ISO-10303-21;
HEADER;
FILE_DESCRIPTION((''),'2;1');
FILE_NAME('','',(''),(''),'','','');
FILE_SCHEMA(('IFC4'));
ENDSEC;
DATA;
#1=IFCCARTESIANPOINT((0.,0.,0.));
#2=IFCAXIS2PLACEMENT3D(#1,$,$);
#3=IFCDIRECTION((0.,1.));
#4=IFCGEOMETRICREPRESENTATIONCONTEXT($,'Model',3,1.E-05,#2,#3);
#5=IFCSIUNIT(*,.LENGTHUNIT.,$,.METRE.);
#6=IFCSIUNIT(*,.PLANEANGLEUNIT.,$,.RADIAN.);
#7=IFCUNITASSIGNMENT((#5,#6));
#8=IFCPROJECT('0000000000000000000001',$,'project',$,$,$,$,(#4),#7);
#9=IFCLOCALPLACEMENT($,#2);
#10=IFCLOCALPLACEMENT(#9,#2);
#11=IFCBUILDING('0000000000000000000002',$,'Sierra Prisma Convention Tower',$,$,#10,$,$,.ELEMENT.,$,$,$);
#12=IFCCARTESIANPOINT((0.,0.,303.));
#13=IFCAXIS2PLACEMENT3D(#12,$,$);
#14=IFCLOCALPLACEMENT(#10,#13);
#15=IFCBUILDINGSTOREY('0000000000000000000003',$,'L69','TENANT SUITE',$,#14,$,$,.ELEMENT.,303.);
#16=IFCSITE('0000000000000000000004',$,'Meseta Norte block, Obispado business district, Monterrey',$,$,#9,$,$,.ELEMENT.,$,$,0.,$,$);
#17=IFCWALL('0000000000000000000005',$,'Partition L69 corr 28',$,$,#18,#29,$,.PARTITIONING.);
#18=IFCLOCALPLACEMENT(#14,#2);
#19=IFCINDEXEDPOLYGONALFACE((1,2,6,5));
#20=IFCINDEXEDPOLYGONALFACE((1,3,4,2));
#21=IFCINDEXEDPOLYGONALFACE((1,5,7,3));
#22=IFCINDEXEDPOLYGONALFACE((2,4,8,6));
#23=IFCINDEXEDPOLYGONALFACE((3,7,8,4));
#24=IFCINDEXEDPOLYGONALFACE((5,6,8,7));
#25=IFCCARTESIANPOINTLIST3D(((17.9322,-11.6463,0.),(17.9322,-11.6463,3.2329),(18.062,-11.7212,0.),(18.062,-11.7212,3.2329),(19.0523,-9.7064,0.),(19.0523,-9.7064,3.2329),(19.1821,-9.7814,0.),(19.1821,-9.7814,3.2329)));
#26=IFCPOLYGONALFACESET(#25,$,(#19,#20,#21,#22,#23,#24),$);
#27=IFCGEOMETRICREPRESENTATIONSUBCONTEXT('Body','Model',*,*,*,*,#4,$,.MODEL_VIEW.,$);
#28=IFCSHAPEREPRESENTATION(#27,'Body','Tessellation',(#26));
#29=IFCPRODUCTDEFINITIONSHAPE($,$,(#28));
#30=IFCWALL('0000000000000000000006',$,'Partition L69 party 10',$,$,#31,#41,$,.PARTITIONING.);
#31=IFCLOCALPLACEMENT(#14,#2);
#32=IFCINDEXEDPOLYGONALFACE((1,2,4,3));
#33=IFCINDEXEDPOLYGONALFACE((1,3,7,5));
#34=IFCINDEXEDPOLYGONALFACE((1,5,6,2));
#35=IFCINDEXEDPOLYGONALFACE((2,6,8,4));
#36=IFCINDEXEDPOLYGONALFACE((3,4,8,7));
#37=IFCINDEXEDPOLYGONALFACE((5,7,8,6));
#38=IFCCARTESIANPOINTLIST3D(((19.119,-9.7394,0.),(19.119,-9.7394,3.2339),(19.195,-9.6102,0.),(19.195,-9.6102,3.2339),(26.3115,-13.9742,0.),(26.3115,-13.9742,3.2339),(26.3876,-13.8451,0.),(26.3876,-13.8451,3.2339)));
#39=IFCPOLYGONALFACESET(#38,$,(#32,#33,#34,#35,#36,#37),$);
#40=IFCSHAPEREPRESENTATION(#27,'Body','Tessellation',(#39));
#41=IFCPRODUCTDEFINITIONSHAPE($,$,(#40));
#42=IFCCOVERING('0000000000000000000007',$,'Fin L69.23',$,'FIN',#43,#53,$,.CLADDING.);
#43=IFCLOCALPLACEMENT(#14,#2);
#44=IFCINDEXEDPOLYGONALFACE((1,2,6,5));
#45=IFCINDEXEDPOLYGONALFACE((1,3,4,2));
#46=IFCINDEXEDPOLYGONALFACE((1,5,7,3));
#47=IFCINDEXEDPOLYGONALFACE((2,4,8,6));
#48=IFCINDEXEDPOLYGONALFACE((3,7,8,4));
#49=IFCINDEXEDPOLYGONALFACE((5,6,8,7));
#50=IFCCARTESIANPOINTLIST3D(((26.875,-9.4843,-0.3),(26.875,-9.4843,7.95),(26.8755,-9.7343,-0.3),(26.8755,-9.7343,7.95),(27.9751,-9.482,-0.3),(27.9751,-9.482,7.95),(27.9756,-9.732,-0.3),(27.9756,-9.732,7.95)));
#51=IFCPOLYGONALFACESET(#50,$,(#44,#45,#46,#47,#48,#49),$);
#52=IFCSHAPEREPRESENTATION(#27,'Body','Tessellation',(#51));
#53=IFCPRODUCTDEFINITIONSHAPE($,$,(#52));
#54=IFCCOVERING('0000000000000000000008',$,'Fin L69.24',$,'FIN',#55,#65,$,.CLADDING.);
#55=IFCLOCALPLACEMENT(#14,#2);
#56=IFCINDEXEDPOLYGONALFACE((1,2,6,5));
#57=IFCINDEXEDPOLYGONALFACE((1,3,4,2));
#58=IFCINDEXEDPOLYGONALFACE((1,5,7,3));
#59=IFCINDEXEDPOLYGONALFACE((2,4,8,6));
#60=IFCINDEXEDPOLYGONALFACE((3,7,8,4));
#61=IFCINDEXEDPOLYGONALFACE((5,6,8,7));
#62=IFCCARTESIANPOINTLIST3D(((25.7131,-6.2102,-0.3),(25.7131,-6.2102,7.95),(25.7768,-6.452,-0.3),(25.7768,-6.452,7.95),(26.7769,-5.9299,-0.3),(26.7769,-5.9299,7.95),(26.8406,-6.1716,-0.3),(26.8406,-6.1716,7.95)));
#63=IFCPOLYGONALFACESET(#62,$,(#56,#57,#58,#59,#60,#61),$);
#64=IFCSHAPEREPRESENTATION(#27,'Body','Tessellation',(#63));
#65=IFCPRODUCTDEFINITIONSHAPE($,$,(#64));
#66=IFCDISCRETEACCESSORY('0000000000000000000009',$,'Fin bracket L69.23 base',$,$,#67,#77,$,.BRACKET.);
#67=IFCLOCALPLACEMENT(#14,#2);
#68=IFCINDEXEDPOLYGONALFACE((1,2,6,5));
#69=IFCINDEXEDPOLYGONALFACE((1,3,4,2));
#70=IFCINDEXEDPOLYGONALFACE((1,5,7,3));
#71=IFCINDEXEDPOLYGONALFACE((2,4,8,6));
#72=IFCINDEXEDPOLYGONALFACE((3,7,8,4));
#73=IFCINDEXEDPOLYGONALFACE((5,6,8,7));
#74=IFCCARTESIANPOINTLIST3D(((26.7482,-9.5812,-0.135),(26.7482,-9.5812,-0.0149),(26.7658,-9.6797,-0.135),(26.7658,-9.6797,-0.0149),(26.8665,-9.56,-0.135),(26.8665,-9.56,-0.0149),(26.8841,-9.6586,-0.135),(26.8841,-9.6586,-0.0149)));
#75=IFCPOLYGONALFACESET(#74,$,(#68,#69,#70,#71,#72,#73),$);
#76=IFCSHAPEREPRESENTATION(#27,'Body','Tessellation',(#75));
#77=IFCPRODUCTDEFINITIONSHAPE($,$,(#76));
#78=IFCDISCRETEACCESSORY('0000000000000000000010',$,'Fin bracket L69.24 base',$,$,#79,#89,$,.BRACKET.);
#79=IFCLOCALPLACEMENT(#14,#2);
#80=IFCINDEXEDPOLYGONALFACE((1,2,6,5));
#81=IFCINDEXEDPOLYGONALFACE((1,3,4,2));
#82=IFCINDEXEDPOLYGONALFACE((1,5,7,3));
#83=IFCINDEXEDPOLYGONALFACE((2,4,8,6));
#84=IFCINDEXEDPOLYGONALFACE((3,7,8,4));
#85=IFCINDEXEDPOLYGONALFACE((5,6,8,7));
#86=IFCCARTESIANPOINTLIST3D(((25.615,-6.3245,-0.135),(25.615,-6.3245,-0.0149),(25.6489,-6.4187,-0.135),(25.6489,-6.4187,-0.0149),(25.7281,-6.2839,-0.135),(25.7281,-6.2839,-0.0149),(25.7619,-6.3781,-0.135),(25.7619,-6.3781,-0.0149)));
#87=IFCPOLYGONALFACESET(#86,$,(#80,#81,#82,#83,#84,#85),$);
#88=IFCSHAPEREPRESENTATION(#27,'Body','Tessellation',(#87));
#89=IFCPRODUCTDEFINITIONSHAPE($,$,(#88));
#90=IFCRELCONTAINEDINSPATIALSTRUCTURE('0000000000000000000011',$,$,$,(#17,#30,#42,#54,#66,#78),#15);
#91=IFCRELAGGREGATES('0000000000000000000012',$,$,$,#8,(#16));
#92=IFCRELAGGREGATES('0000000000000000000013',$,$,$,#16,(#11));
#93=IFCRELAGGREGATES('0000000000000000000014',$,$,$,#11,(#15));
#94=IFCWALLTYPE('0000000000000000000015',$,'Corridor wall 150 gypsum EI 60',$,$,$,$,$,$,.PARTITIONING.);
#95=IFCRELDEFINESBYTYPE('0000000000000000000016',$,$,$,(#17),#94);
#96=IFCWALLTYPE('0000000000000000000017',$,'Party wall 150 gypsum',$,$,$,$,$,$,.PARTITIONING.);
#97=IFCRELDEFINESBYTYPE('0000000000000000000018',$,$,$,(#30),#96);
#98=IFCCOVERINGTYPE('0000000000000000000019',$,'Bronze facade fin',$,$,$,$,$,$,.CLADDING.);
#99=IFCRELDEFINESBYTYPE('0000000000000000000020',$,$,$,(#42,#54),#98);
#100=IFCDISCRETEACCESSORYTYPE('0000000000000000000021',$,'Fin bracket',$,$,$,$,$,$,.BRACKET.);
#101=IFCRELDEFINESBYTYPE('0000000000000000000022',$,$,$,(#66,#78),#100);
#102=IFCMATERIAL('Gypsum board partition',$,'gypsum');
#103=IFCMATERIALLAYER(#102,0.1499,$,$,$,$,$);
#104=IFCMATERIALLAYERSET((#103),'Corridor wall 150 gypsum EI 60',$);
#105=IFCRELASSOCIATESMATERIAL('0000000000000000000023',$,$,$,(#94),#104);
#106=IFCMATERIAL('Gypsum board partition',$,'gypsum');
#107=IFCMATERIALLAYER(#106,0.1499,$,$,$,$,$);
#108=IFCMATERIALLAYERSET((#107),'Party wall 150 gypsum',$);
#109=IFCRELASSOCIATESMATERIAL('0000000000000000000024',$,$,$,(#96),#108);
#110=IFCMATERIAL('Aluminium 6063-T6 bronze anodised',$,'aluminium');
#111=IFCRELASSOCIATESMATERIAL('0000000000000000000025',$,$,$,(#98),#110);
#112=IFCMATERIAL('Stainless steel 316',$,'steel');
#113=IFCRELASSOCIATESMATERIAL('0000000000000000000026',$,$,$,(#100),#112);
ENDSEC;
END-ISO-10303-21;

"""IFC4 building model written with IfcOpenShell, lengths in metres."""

from ifc_helpers import new_model, si_unit, direction, frame, frame_2d, origin, origin_2d, place, context, subcontext, project, spatial, rectangle, extrude, material, layer, layer_set, material_profile, profile_set, type_object, element, save


model = new_model("IFC4")

# Units and contexts
model_context = context("Model", 3, precision=1e-05, world=origin(), true_north=direction((0.0, 1.0)))
body_context = subcontext(model_context, "Body", "Model", "MODEL_VIEW")
ifc_project = project(units=[si_unit("LENGTHUNIT", "METRE"), si_unit("PLANEANGLEUNIT", "RADIAN")], contexts=[model_context])

# Site, building, storey
site_placement = place(None, origin())
site = spatial("IfcSite", under=ifc_project, at=site_placement, Name="Meseta Norte block, Obispado business district, Monterrey", CompositionType="ELEMENT", RefElevation=0.0)
building_placement = place(site_placement, origin())
building = spatial("IfcBuilding", under=site, at=building_placement, Name="Sierra Prisma Convention Tower", CompositionType="ELEMENT")
storey_placement = place(building_placement, frame((0.0, 0.0, 303.0)))
storey = spatial("IfcBuildingStorey", under=building, at=storey_placement, Name="L69", Description="TENANT SUITE", CompositionType="ELEMENT", Elevation=303.0)

# Shared definitions
ifc_material_1 = material(Name="Gypsum board partition", Category="gypsum")
ifc_layer_1 = layer(ifc_material_1, 0.1499)
ifc_layer_set_1 = layer_set([ifc_layer_1], Name="Corridor wall 150 gypsum EI 60")
wall_type_1 = type_object("IfcWallType", Name="Corridor wall 150 gypsum EI 60", PredefinedType="PARTITIONING", material=ifc_layer_set_1)

# Walls
wall_1_placement = place(storey_placement, frame((17.9971, -11.6838, 0.0), z_axis=(0.0, 0.0, 1.0), x_axis=(0.500031, 0.866008, 0.0)))
element("IfcWall", 1, at=wall_1_placement, inside=storey, type_object=wall_type_1, Name="Partition L69 corr 28", PredefinedType="PARTITIONING", context=body_context, shape_type="SweptSolid", body=[
    extrude(rectangle(XDim=2.24, YDim=0.1499, at=frame_2d((1.1201, 0.0))), origin(), (0.0, 0.0, 1.0), 3.2329),
])
ifc_material_2 = material(Name="Gypsum board partition", Category="gypsum")
ifc_layer_2 = layer(ifc_material_2, 0.1499)
ifc_layer_set_2 = layer_set([ifc_layer_2], Name="Party wall 150 gypsum")
wall_type_2 = type_object("IfcWallType", Name="Party wall 150 gypsum", PredefinedType="PARTITIONING", material=ifc_layer_set_2)
wall_2_placement = place(storey_placement, frame((19.157, -9.6748, 0.0), z_axis=(0.0, 0.0, 1.0), x_axis=(0.86173, -0.507368, 0.0)))
element("IfcWall", 2, at=wall_2_placement, inside=storey, type_object=wall_type_2, Name="Partition L69 party 10", PredefinedType="PARTITIONING", context=body_context, shape_type="SweptSolid", body=[
    extrude(rectangle(XDim=8.3467, YDim=0.1499, at=frame_2d((4.1733, 0.0))), origin(), (0.0, 0.0, 1.0), 3.2339),
])

# Coverings
ifc_material_3 = material(Name="Aluminium 6063-T6 bronze anodised", Category="aluminium")
ifc_material_profile_1 = material_profile(ifc_material_3, rectangle(XDim=1.1001, YDim=0.25, at=origin_2d()), Name="ALU FIN 1100x250")
ifc_profile_set_1 = profile_set([ifc_material_profile_1], Name="Aluminium 6063-T6 bronze anodised")
covering_type = type_object("IfcCoveringType", Name="Bronze facade fin", PredefinedType="CLADDING", material=ifc_profile_set_1)
for number, where, z_axis, x_axis, name in (
    (3, (27.4253, -9.6082, -0.3), (0.0, 0.0, 1.0), (0.999998, 0.002149, 0.0), "Fin L69.23"),
    (4, (26.2769, -6.1909, -0.3), (0.0, 0.0, 1.0), (0.966984, 0.254837, 0.0), "Fin L69.24"),
):
    element("IfcCovering", number, at=place(storey_placement, frame(where, z_axis=z_axis, x_axis=x_axis)), inside=storey, type_object=covering_type, Name=name, ObjectType="FIN", PredefinedType="CLADDING", context=body_context, shape_type="SweptSolid", body=[
        extrude(rectangle(XDim=1.1001, YDim=0.25, at=origin_2d()), origin(), (0.0, 0.0, 1.0), 8.25),
    ])

# Discrete accessories
ifc_material_4 = material(Name="Stainless steel 316", Category="steel")
discrete_accessory_type = type_object("IfcDiscreteAccessoryType", Name="Fin bracket", PredefinedType="BRACKET", material=ifc_material_4)
for number, where, z_axis, x_axis, name in (
    (5, (26.8162, -9.6199, -0.135), (0.0, 0.0, 1.0), (0.984432, 0.175764, 0.0), "Fin bracket L69.23 base"),
    (6, (25.6885, -6.3513, -0.135), (0.0, 0.0, 1.0), (0.941094, 0.338146, 0.0), "Fin bracket L69.24 base"),
):
    element("IfcDiscreteAccessory", number, at=place(storey_placement, frame(where, z_axis=z_axis, x_axis=x_axis)), inside=storey, type_object=discrete_accessory_type, Name=name, PredefinedType="BRACKET", context=body_context, shape_type="SweptSolid", body=[
        extrude(rectangle(XDim=0.1201, YDim=0.1001, at=origin_2d()), origin(), (0.0, 0.0, 1.0), 0.1201),
    ])

save(model, "model.ifc")
